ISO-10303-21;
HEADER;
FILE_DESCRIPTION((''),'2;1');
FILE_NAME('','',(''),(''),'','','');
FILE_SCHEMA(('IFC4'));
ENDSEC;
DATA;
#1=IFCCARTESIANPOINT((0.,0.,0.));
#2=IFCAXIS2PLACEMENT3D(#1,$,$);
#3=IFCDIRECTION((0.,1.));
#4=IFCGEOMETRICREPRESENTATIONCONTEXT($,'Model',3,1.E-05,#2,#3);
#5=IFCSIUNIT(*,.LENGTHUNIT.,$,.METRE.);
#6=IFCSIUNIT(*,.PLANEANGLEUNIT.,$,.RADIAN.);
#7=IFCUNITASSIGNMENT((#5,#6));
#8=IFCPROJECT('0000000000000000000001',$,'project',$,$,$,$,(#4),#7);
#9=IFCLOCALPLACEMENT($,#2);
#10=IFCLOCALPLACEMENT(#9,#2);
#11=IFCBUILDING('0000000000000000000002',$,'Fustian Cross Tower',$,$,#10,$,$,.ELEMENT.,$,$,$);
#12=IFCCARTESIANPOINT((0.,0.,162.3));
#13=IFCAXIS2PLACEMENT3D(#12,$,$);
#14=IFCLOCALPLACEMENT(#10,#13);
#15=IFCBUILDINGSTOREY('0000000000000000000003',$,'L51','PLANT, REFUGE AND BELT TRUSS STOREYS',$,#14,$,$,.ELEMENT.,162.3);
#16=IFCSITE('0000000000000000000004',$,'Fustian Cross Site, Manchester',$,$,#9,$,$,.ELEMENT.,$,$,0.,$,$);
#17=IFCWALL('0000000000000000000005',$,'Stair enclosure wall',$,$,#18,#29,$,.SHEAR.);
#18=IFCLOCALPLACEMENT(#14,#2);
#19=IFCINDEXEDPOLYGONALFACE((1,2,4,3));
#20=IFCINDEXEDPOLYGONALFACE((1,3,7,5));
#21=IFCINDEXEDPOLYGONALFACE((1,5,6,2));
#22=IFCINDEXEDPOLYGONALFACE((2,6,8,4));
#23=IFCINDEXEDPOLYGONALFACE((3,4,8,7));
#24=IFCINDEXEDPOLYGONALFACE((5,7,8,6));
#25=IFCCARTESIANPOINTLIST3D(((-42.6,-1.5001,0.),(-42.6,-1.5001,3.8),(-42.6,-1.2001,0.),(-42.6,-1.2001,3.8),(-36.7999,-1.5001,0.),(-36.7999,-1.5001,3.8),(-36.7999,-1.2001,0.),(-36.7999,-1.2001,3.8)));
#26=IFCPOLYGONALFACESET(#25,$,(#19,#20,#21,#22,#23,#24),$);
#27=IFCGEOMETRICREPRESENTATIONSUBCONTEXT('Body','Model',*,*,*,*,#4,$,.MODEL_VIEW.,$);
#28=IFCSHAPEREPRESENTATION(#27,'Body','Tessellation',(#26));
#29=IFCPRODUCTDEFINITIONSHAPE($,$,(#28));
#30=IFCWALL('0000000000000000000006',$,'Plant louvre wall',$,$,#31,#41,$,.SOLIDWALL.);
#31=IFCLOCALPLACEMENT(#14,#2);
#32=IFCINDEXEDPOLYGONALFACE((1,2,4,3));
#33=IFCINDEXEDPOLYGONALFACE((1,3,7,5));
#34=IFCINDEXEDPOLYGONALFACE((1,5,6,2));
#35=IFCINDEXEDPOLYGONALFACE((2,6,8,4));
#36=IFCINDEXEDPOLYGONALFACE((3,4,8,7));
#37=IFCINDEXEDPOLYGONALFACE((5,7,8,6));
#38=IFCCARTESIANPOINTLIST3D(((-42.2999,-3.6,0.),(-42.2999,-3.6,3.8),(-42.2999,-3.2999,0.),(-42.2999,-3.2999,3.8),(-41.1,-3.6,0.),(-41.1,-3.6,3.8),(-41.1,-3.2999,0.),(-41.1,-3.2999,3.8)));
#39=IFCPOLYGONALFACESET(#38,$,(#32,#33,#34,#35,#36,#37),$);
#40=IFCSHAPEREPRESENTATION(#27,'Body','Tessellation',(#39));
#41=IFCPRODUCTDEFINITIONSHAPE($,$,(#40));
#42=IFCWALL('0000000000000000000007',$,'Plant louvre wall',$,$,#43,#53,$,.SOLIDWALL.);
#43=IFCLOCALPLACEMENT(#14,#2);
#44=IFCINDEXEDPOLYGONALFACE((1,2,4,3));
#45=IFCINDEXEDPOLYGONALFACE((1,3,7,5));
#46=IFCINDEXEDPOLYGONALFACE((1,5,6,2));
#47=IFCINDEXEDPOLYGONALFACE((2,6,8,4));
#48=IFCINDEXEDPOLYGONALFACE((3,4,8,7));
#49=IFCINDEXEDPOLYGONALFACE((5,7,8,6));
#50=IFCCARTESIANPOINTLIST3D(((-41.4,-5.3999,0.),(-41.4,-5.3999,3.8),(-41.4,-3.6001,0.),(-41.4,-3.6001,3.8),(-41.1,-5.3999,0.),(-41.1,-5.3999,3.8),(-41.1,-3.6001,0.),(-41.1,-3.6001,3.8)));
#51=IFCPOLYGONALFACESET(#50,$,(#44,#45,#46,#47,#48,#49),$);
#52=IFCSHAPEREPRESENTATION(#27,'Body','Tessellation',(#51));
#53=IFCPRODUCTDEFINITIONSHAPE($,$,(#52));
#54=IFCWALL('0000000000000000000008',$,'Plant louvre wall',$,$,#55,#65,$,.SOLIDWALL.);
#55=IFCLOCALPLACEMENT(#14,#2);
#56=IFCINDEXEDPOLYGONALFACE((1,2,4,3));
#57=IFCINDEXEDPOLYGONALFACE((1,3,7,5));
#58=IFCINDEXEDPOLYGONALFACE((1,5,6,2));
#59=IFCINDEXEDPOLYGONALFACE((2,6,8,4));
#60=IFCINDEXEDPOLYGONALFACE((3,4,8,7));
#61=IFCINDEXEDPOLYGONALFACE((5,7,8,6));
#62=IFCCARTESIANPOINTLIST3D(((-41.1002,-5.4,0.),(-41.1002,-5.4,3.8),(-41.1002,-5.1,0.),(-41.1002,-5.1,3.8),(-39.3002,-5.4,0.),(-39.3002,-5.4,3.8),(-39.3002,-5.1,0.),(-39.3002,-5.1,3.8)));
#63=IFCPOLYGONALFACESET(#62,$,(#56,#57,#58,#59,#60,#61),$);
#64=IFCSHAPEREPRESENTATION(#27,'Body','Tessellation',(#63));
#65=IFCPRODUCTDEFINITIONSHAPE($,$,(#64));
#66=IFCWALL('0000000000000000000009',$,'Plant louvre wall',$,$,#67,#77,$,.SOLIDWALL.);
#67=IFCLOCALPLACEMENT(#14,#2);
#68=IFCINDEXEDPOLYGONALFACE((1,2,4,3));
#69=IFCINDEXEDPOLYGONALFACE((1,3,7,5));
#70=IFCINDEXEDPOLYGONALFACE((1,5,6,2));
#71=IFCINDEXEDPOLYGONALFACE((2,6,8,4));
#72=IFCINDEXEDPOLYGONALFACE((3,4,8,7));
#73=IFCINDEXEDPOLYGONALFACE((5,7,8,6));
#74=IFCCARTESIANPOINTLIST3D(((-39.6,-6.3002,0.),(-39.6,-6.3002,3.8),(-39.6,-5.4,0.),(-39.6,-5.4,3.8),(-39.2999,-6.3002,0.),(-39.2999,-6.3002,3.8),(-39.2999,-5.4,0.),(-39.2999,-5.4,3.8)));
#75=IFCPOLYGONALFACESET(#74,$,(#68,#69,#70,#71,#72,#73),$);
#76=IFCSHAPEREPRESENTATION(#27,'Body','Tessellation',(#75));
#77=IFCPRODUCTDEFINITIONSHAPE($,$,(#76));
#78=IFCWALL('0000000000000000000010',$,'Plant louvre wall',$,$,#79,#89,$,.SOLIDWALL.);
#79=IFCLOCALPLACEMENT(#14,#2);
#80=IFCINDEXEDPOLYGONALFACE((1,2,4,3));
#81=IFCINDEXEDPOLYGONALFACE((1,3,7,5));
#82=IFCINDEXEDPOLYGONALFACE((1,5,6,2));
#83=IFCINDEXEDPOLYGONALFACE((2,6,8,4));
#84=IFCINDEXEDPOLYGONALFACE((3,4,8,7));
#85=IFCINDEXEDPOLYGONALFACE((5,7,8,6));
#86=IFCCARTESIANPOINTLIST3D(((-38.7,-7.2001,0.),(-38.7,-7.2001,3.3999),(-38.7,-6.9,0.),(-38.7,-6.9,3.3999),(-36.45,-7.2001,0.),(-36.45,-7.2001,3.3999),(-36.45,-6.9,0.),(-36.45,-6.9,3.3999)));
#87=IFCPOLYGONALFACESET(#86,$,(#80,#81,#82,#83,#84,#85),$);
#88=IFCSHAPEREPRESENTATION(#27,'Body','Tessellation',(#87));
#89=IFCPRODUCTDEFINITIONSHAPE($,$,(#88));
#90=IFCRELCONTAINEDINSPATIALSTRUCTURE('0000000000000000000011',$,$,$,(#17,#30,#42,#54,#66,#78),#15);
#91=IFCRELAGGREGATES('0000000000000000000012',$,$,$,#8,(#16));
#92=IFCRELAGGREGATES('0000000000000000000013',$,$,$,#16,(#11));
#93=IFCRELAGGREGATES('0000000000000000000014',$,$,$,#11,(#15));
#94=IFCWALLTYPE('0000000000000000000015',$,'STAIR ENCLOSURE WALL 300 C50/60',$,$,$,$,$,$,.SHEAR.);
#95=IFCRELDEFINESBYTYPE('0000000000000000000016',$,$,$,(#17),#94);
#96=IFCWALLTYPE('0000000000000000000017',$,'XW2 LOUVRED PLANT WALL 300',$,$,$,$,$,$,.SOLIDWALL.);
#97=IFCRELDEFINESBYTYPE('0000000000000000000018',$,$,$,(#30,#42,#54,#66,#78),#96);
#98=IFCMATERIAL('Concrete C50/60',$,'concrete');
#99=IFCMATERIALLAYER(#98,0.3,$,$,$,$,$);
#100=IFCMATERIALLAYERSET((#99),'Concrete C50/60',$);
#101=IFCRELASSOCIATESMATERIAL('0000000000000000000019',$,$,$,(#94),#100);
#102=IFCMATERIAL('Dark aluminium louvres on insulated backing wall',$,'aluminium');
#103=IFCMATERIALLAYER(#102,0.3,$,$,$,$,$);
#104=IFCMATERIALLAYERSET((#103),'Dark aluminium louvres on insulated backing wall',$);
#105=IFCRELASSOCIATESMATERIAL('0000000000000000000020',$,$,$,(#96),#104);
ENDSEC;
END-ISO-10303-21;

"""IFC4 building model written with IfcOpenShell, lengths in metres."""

from ifc_helpers import new_model, si_unit, direction, frame, frame_2d, origin, place, context, subcontext, project, spatial, rectangle, extrude, material, layer, layer_set, type_object, element, save


model = new_model("IFC4")

# Units and contexts
model_context = context("Model", 3, precision=1e-05, world=origin(), true_north=direction((0.0, 1.0)))
body_context = subcontext(model_context, "Body", "Model", "MODEL_VIEW")
ifc_project = project(units=[si_unit("LENGTHUNIT", "METRE"), si_unit("PLANEANGLEUNIT", "RADIAN")], contexts=[model_context])

# Site, building, storey
site_placement = place(None, origin())
site = spatial("IfcSite", under=ifc_project, at=site_placement, Name="Fustian Cross Site, Manchester", CompositionType="ELEMENT", RefElevation=0.0)
building_placement = place(site_placement, origin())
building = spatial("IfcBuilding", under=site, at=building_placement, Name="Fustian Cross Tower", CompositionType="ELEMENT")
storey_placement = place(building_placement, frame((0.0, 0.0, 162.3)))
storey = spatial("IfcBuildingStorey", under=building, at=storey_placement, Name="L51", Description="PLANT, REFUGE AND BELT TRUSS STOREYS", CompositionType="ELEMENT", Elevation=162.3)

# Shared definitions
ifc_material_1 = material(Name="Concrete C50/60", Category="concrete")
ifc_layer_1 = layer(ifc_material_1, 0.3)
ifc_layer_set_1 = layer_set([ifc_layer_1], Name="Concrete C50/60")
wall_type_1 = type_object("IfcWallType", Name="STAIR ENCLOSURE WALL 300 C50/60", PredefinedType="SHEAR", material=ifc_layer_set_1)

# Walls
wall_1_placement = place(storey_placement, frame((-36.8, -1.3501, 0.0), z_axis=(0.0, 0.0, 1.0), x_axis=(-1.0, 0.0, 0.0)))
element("IfcWall", 1, at=wall_1_placement, inside=storey, type_object=wall_type_1, Name="Stair enclosure wall", PredefinedType="SHEAR", context=body_context, shape_type="SweptSolid", body=[
    extrude(rectangle(XDim=5.8, YDim=0.3, at=frame_2d((2.8999, 0.0))), origin(), (0.0, 0.0, 1.0), 3.8),
])
ifc_material_2 = material(Name="Dark aluminium louvres on insulated backing wall", Category="aluminium")
ifc_layer_2 = layer(ifc_material_2, 0.3)
ifc_layer_set_2 = layer_set([ifc_layer_2], Name="Dark aluminium louvres on insulated backing wall")
wall_type_2 = type_object("IfcWallType", Name="XW2 LOUVRED PLANT WALL 300", PredefinedType="SOLIDWALL", material=ifc_layer_set_2)
wall_2_placement = place(storey_placement, frame((-42.3, -3.45, 0.0), z_axis=(0.0, 0.0, 1.0), x_axis=(1.0, 0.0, 0.0)))
element("IfcWall", 2, at=wall_2_placement, inside=storey, type_object=wall_type_2, Name="Plant louvre wall", PredefinedType="SOLIDWALL", context=body_context, shape_type="SweptSolid", body=[
    extrude(rectangle(XDim=1.2, YDim=0.3, at=frame_2d((0.6001, 0.0))), origin(), (0.0, 0.0, 1.0), 3.8),
])
wall_3_placement = place(storey_placement, frame((-41.25, -3.6001, 0.0), z_axis=(0.0, 0.0, 1.0), x_axis=(0.0, -1.0, 0.0)))
element("IfcWall", 3, at=wall_3_placement, inside=storey, type_object=wall_type_2, Name="Plant louvre wall", PredefinedType="SOLIDWALL", context=body_context, shape_type="SweptSolid", body=[
    extrude(rectangle(XDim=1.7998, YDim=0.3, at=frame_2d((0.8999, 0.0))), origin(), (0.0, 0.0, 1.0), 3.8),
])
wall_4_placement = place(storey_placement, frame((-41.1001, -5.25, 0.0), z_axis=(0.0, 0.0, 1.0), x_axis=(1.0, 0.0, 0.0)))
element("IfcWall", 4, at=wall_4_placement, inside=storey, type_object=wall_type_2, Name="Plant louvre wall", PredefinedType="SOLIDWALL", context=body_context, shape_type="SweptSolid", body=[
    extrude(rectangle(XDim=1.8, YDim=0.3, at=frame_2d((0.8999, 0.0))), origin(), (0.0, 0.0, 1.0), 3.8),
])
wall_5_placement = place(storey_placement, frame((-39.45, -5.3999, 0.0), z_axis=(0.0, 0.0, 1.0), x_axis=(0.0, -1.0, 0.0)))
element("IfcWall", 5, at=wall_5_placement, inside=storey, type_object=wall_type_2, Name="Plant louvre wall", PredefinedType="SOLIDWALL", context=body_context, shape_type="SweptSolid", body=[
    extrude(rectangle(XDim=0.9001, YDim=0.3, at=frame_2d((0.4502, 0.0))), origin(), (0.0, 0.0, 1.0), 3.8),
])
wall_6_placement = place(storey_placement, frame((-38.7, -7.05, 0.0), z_axis=(0.0, 0.0, 1.0), x_axis=(1.0, 0.0, 0.0)))
element("IfcWall", 6, at=wall_6_placement, inside=storey, type_object=wall_type_2, Name="Plant louvre wall", PredefinedType="SOLIDWALL", context=body_context, shape_type="SweptSolid", body=[
    extrude(rectangle(XDim=2.25, YDim=0.3, at=frame_2d((1.125, 0.0))), origin(), (0.0, 0.0, 1.0), 3.3999),
])

save(model, "model.ifc")
